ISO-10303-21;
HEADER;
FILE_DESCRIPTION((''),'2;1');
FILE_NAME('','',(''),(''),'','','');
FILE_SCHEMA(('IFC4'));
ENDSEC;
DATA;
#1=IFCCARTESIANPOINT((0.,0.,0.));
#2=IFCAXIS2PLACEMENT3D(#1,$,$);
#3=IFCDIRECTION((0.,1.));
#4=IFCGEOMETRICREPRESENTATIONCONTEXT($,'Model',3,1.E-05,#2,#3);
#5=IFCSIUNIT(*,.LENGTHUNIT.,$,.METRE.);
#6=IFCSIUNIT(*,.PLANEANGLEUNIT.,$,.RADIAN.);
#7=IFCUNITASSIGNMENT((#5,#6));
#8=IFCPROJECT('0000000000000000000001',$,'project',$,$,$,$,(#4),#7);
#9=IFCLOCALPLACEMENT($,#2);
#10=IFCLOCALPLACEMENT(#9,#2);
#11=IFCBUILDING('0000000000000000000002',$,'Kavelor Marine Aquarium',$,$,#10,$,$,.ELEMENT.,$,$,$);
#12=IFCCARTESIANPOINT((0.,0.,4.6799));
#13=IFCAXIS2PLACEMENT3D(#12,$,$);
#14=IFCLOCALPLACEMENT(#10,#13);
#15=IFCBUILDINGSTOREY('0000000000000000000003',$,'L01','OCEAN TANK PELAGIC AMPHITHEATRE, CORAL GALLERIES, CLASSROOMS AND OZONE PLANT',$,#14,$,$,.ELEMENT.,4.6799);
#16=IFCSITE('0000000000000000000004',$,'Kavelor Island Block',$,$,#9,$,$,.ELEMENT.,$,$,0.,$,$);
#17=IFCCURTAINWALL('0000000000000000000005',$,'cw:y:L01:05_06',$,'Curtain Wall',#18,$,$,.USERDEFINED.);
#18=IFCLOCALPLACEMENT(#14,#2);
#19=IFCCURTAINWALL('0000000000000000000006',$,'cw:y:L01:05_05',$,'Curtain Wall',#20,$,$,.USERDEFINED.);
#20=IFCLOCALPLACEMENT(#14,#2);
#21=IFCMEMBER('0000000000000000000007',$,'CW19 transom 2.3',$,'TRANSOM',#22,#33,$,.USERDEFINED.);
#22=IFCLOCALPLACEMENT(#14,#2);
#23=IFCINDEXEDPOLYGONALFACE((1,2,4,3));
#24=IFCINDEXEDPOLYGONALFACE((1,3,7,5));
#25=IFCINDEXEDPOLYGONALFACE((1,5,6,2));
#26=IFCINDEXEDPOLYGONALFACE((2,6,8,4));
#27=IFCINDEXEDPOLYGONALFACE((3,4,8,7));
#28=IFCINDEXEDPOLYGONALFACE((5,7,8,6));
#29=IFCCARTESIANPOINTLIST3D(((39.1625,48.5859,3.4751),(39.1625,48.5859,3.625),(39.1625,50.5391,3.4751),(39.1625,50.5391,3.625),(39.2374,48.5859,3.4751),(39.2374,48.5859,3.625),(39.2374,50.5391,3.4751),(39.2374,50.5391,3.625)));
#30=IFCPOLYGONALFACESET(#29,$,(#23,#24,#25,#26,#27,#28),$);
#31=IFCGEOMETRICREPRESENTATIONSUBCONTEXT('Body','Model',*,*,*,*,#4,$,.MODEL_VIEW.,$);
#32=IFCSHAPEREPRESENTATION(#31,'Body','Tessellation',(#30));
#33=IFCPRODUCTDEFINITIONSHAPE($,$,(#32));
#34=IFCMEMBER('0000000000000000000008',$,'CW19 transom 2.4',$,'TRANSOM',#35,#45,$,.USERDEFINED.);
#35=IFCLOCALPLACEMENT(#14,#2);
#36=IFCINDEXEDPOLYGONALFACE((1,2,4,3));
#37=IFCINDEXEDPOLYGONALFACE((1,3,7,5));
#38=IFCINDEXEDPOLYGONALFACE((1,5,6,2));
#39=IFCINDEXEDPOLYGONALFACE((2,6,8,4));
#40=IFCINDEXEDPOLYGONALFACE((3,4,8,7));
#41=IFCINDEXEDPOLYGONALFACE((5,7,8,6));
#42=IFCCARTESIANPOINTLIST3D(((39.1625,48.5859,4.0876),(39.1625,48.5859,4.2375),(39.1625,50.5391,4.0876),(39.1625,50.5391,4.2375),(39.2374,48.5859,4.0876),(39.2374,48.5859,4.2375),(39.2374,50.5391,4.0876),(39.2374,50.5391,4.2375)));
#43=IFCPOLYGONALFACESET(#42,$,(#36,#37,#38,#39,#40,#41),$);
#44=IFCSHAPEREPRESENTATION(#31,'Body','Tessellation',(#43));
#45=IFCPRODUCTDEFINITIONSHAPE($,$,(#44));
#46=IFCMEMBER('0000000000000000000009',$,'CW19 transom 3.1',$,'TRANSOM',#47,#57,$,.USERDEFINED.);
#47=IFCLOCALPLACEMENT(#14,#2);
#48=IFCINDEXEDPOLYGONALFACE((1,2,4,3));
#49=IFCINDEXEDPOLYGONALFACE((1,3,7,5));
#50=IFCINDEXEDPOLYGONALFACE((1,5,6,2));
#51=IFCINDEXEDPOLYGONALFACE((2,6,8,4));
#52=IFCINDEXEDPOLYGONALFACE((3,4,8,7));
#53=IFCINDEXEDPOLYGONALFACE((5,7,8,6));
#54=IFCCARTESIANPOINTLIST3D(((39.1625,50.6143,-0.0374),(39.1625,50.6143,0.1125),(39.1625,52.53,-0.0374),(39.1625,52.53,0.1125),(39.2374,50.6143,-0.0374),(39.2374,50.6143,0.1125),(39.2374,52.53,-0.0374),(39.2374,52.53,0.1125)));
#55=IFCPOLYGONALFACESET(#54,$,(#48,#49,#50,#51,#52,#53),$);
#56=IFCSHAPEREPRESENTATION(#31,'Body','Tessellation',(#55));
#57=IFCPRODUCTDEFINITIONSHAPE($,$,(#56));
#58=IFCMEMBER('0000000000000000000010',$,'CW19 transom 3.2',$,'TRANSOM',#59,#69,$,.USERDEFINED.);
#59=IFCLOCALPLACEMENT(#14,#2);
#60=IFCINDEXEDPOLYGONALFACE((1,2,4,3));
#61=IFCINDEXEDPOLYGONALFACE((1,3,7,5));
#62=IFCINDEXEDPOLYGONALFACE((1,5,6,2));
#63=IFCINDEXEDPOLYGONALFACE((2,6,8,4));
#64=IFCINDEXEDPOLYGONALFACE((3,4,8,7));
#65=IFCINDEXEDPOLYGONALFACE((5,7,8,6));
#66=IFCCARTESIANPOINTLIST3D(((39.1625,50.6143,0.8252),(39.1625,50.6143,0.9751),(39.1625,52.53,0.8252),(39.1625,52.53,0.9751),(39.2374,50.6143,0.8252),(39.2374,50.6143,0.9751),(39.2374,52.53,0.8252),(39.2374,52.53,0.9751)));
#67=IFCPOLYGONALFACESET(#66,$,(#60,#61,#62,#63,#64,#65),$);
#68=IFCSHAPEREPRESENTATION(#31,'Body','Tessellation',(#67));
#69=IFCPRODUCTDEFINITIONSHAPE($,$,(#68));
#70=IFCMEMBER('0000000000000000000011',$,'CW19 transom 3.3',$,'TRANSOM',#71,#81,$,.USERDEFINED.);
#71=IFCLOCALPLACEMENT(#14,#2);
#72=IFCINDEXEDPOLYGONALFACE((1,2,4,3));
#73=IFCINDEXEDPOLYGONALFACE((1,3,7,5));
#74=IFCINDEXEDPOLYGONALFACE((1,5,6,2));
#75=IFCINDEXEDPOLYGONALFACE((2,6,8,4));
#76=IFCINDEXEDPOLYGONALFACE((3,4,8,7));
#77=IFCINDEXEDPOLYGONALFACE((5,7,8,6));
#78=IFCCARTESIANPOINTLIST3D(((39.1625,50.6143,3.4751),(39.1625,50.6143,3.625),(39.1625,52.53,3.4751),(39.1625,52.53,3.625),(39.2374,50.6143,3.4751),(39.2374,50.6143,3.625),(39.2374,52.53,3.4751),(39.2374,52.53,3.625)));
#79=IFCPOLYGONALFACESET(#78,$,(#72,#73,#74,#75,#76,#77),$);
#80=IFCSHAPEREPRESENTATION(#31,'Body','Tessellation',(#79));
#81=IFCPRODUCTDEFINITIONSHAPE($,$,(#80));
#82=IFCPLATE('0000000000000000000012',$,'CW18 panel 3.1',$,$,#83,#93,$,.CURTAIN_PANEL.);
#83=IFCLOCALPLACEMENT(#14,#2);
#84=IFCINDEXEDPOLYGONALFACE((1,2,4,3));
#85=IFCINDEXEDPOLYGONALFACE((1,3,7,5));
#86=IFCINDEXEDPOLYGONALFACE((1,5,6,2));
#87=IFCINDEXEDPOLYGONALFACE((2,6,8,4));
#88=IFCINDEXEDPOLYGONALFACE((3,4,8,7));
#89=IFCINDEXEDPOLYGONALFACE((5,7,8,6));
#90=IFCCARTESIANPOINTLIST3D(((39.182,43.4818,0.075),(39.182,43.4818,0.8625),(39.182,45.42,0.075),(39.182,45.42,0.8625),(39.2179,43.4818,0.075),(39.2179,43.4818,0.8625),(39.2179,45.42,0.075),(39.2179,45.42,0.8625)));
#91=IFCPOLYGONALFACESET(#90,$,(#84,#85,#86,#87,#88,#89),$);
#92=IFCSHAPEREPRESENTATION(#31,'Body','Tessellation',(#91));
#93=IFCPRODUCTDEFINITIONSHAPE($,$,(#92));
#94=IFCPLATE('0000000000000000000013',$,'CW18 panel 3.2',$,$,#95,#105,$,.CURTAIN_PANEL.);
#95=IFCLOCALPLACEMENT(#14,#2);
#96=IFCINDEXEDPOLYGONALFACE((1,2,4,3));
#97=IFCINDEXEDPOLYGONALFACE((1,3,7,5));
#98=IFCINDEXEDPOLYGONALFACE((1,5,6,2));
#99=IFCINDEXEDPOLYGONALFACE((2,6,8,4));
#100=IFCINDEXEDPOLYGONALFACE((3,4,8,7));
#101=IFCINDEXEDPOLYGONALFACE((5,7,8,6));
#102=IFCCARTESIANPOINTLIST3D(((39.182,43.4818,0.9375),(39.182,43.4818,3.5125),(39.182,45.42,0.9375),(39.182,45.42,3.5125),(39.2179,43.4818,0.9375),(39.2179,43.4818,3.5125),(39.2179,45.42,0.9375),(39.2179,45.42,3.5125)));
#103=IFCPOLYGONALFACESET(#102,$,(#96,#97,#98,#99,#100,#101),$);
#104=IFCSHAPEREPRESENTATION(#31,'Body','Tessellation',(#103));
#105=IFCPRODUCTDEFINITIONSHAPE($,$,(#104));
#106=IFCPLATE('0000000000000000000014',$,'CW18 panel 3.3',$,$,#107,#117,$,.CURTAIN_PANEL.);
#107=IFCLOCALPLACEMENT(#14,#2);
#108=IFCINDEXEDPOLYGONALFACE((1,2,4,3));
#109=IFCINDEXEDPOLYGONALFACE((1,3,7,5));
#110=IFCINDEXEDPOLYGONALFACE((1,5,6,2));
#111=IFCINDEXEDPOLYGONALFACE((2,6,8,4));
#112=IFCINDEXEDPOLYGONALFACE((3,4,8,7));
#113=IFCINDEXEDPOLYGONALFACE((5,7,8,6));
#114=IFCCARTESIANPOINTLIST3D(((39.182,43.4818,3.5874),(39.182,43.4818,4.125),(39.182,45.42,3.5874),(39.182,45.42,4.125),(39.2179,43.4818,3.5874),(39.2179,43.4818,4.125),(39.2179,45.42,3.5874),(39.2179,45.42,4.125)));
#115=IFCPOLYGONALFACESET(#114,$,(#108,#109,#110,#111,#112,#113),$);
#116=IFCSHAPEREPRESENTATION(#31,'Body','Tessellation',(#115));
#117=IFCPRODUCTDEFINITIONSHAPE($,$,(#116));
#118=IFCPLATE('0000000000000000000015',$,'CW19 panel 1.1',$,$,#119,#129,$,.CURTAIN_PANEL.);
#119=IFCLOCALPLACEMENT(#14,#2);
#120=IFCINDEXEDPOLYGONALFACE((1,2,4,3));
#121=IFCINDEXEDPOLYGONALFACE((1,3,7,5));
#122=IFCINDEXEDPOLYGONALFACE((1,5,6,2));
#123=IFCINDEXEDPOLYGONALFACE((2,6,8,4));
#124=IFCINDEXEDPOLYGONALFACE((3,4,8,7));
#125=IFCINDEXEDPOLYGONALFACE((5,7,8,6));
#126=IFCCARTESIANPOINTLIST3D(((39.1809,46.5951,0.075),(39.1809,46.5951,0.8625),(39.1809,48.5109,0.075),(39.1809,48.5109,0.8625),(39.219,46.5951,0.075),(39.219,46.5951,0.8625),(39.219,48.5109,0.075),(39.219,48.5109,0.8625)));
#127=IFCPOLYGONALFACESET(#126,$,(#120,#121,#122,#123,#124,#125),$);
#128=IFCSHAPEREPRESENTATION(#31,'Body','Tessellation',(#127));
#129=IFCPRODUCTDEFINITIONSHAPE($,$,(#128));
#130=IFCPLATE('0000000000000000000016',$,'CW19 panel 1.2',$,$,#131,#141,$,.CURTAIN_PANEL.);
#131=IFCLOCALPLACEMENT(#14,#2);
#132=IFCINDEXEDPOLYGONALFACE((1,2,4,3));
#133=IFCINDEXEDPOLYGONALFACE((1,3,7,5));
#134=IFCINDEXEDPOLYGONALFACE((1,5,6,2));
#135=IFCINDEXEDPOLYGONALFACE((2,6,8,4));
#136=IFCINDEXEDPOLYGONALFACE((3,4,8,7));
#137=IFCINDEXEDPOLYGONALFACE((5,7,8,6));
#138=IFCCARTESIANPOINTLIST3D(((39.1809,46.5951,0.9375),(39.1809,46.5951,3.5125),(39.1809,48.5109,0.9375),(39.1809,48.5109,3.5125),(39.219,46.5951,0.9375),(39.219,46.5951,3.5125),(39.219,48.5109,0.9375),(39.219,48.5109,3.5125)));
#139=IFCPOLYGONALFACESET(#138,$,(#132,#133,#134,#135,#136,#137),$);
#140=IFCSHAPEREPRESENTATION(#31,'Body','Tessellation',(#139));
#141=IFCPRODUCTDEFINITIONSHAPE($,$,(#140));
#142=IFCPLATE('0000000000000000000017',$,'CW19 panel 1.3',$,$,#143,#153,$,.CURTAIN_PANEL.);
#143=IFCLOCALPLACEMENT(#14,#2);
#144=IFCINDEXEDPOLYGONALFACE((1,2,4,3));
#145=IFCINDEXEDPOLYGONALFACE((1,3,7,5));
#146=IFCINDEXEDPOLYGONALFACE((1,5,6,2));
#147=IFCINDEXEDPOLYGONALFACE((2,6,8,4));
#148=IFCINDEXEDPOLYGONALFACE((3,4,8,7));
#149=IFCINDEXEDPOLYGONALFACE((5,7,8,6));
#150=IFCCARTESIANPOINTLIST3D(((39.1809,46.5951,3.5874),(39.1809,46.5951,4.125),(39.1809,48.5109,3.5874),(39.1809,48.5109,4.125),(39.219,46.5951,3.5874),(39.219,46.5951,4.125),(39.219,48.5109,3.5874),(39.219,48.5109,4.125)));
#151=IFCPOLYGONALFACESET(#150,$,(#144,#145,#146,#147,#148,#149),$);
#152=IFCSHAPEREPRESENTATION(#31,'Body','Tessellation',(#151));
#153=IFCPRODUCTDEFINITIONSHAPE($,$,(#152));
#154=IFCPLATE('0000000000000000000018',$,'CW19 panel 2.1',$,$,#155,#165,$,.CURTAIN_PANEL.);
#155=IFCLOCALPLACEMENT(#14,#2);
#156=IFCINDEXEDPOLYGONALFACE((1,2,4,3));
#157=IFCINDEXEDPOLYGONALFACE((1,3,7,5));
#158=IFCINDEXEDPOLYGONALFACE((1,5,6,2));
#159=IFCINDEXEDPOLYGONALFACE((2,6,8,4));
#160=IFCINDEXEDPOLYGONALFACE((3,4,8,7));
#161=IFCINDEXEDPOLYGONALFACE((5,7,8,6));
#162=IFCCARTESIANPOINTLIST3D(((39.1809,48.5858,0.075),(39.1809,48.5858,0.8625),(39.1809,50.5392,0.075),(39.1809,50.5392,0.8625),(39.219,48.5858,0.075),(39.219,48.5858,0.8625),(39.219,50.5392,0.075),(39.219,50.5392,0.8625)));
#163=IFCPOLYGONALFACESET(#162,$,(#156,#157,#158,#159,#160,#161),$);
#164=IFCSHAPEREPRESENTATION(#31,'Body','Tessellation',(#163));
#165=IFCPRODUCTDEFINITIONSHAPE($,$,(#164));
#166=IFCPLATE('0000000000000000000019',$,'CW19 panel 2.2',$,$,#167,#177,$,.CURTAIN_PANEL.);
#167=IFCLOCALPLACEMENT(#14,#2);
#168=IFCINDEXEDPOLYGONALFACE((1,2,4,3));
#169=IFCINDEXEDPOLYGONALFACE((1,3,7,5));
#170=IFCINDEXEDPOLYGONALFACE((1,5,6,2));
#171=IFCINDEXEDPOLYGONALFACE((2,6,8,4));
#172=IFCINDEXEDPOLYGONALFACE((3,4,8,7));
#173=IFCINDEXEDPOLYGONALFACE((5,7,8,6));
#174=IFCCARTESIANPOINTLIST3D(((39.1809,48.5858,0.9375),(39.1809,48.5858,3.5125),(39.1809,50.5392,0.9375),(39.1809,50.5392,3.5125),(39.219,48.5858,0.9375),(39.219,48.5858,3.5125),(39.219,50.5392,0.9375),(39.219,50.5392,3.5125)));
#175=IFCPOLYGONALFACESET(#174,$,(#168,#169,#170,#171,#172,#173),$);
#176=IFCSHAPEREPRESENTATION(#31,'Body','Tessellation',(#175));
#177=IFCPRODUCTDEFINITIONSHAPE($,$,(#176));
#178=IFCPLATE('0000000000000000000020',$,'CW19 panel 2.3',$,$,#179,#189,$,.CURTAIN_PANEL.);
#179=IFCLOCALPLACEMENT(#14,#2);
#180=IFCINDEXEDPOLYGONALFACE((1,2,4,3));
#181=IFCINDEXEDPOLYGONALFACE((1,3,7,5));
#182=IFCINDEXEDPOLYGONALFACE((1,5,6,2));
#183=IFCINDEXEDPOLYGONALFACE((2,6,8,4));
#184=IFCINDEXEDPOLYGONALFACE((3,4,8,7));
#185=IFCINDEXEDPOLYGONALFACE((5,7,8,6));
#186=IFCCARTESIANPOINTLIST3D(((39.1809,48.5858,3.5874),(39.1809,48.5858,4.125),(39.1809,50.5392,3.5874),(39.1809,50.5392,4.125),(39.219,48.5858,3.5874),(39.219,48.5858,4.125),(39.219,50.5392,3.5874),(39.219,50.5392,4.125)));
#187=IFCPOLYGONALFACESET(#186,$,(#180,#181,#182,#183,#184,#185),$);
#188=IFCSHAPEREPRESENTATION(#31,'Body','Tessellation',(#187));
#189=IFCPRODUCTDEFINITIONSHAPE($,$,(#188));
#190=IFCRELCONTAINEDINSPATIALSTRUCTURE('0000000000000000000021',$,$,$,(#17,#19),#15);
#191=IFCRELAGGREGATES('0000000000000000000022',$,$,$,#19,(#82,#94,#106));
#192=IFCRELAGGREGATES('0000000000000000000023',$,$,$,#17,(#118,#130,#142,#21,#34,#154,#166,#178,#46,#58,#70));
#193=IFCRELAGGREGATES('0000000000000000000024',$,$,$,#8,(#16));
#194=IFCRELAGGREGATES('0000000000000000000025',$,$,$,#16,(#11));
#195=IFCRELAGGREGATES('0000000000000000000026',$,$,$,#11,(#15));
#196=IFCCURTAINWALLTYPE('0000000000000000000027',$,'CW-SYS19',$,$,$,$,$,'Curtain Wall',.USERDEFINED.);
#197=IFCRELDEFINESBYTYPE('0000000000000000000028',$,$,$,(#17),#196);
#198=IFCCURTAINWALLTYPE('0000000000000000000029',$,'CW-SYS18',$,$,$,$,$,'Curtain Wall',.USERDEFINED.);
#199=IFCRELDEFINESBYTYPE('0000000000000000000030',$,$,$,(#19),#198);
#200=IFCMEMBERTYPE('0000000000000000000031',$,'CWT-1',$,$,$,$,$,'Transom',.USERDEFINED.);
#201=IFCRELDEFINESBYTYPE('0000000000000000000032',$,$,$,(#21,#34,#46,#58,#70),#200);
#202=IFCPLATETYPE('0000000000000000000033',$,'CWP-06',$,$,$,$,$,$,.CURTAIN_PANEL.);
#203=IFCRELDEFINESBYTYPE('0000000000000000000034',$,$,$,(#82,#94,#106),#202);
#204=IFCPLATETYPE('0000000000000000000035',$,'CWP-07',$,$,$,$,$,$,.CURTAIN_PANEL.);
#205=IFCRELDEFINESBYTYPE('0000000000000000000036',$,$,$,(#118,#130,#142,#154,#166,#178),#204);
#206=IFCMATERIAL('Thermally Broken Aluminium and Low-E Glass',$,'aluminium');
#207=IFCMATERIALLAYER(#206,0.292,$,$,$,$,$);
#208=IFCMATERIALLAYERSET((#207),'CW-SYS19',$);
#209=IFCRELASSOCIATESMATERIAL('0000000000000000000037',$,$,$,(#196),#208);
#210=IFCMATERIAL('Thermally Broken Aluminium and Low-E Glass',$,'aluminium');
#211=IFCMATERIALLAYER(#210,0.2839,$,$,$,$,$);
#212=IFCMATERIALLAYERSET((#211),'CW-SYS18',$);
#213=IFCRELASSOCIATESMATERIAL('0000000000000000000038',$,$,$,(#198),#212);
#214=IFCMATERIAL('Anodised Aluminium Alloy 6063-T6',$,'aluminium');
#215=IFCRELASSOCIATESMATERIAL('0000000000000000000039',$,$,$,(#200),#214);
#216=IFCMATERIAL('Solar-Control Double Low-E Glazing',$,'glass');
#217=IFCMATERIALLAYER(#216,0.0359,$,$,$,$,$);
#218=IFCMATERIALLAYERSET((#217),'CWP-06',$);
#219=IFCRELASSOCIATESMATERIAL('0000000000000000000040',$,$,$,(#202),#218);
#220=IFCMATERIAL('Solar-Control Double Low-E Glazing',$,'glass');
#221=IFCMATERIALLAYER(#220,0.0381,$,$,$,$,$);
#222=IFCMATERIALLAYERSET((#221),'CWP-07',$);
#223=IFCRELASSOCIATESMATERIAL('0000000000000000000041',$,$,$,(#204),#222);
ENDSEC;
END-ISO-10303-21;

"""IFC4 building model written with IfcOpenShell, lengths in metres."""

from ifc_helpers import new_model, si_unit, direction, frame, origin, origin_2d, place, context, subcontext, project, spatial, rectangle, extrude, material, layer, layer_set, material_profile, profile_set, type_object, element, aggregate, save


model = new_model("IFC4")

# Units and contexts
model_context = context("Model", 3, precision=1e-05, world=origin(), true_north=direction((0.0, 1.0)))
body_context = subcontext(model_context, "Body", "Model", "MODEL_VIEW")
ifc_project = project(units=[si_unit("LENGTHUNIT", "METRE"), si_unit("PLANEANGLEUNIT", "RADIAN")], contexts=[model_context])

# Site, building, storey
site_placement = place(None, origin())
site = spatial("IfcSite", under=ifc_project, at=site_placement, Name="Kavelor Island Block", CompositionType="ELEMENT", RefElevation=0.0)
building_placement = place(site_placement, origin())
building = spatial("IfcBuilding", under=site, at=building_placement, Name="Kavelor Marine Aquarium", CompositionType="ELEMENT")
storey_placement = place(building_placement, frame((0.0, 0.0, 4.6799)))
storey = spatial("IfcBuildingStorey", under=building, at=storey_placement, Name="L01", Description="OCEAN TANK PELAGIC AMPHITHEATRE, CORAL GALLERIES, CLASSROOMS AND OZONE PLANT", CompositionType="ELEMENT", Elevation=4.6799)

# Curtain walls
ifc_material_1 = material(Name="Thermally Broken Aluminium and Low-E Glass", Category="aluminium")
ifc_layer_1 = layer(ifc_material_1, 0.292)
ifc_layer_set_1 = layer_set([ifc_layer_1], Name="CW-SYS19")
curtain_wall_type_1 = type_object("IfcCurtainWallType", Name="CW-SYS19", ElementType="Curtain Wall", PredefinedType="USERDEFINED", material=ifc_layer_set_1)
curtain_wall_1_placement = place(storey_placement, origin())
curtain_wall_1 = element("IfcCurtainWall", 1, at=curtain_wall_1_placement, inside=storey, type_object=curtain_wall_type_1, Name="cw:y:L01:05_06", ObjectType="Curtain Wall", PredefinedType="USERDEFINED")
ifc_material_2 = material(Name="Thermally Broken Aluminium and Low-E Glass", Category="aluminium")
ifc_layer_2 = layer(ifc_material_2, 0.2839)
ifc_layer_set_2 = layer_set([ifc_layer_2], Name="CW-SYS18")
curtain_wall_type_2 = type_object("IfcCurtainWallType", Name="CW-SYS18", ElementType="Curtain Wall", PredefinedType="USERDEFINED", material=ifc_layer_set_2)
curtain_wall_2_placement = place(storey_placement, origin())
curtain_wall_2 = element("IfcCurtainWall", 2, at=curtain_wall_2_placement, inside=storey, type_object=curtain_wall_type_2, Name="cw:y:L01:05_05", ObjectType="Curtain Wall", PredefinedType="USERDEFINED")
ifc_material_3 = material(Name="Anodised Aluminium Alloy 6063-T6", Category="aluminium")
ifc_material_profile_1 = material_profile(ifc_material_3, rectangle(XDim=0.075, YDim=0.1499, at=origin_2d()), Name="CW-TRN 75x150")
ifc_profile_set_1 = profile_set([ifc_material_profile_1], Name="Anodised Aluminium Alloy 6063-T6")
member_type_1 = type_object("IfcMemberType", Name="CWT-1", ElementType="Transom", PredefinedType="USERDEFINED", material=ifc_profile_set_1)

# Members
member_1_placement = place(storey_placement, frame((39.2, 48.5859, 3.55), z_axis=(0.0, 1.0, 0.0), x_axis=(-1.0, 0.0, 0.0)))
member_1 = element("IfcMember", 3, at=member_1_placement, type_object=member_type_1, Name="CW19 transom 2.3", ObjectType="TRANSOM", PredefinedType="USERDEFINED", context=body_context, shape_type="SweptSolid", body=[
    extrude(rectangle(XDim=0.075, YDim=0.1499, at=origin_2d()), origin(), (0.0, 0.0, 1.0), 1.9531),
])
member_2_placement = place(storey_placement, frame((39.2, 48.5859, 4.1626), z_axis=(0.0, 1.0, 0.0), x_axis=(-1.0, 0.0, 0.0)))
member_2 = element("IfcMember", 4, at=member_2_placement, type_object=member_type_1, Name="CW19 transom 2.4", ObjectType="TRANSOM", PredefinedType="USERDEFINED", context=body_context, shape_type="SweptSolid", body=[
    extrude(rectangle(XDim=0.075, YDim=0.1499, at=origin_2d()), origin(), (0.0, 0.0, 1.0), 1.9531),
])
member_3_placement = place(storey_placement, frame((39.2, 50.6143, 0.0376), z_axis=(0.0, 1.0, 0.0), x_axis=(-1.0, 0.0, 0.0)))
member_3 = element("IfcMember", 5, at=member_3_placement, type_object=member_type_1, Name="CW19 transom 3.1", ObjectType="TRANSOM", PredefinedType="USERDEFINED", context=body_context, shape_type="SweptSolid", body=[
    extrude(rectangle(XDim=0.075, YDim=0.1499, at=origin_2d()), origin(), (0.0, 0.0, 1.0), 1.9158),
])
member_4_placement = place(storey_placement, frame((39.2, 50.6143, 0.9001), z_axis=(0.0, 1.0, 0.0), x_axis=(-1.0, 0.0, 0.0)))
member_4 = element("IfcMember", 6, at=member_4_placement, type_object=member_type_1, Name="CW19 transom 3.2", ObjectType="TRANSOM", PredefinedType="USERDEFINED", context=body_context, shape_type="SweptSolid", body=[
    extrude(rectangle(XDim=0.075, YDim=0.1499, at=origin_2d()), origin(), (0.0, 0.0, 1.0), 1.9158),
])
member_5_placement = place(storey_placement, frame((39.2, 50.6143, 3.55), z_axis=(0.0, 1.0, 0.0), x_axis=(-1.0, 0.0, 0.0)))
member_5 = element("IfcMember", 7, at=member_5_placement, type_object=member_type_1, Name="CW19 transom 3.3", ObjectType="TRANSOM", PredefinedType="USERDEFINED", context=body_context, shape_type="SweptSolid", body=[
    extrude(rectangle(XDim=0.075, YDim=0.1499, at=origin_2d()), origin(), (0.0, 0.0, 1.0), 1.9158),
])

# Plates
ifc_material_4 = material(Name="Solar-Control Double Low-E Glazing", Category="glass")
ifc_layer_3 = layer(ifc_material_4, 0.0359)
ifc_layer_set_3 = layer_set([ifc_layer_3], Name="CWP-06")
plate_type_1 = type_object("IfcPlateType", Name="CWP-06", PredefinedType="CURTAIN_PANEL", material=ifc_layer_set_3)
plate_1_placement = place(storey_placement, frame((39.2, 44.4509, 0.075), z_axis=(0.0, 0.0, 1.0), x_axis=(0.0, 1.0, 0.0)))
plate_1 = element("IfcPlate", 8, at=plate_1_placement, type_object=plate_type_1, Name="CW18 panel 3.1", PredefinedType="CURTAIN_PANEL", context=body_context, shape_type="SweptSolid", body=[
    extrude(rectangle(XDim=1.9382, YDim=0.0359, at=origin_2d()), origin(), (0.0, 0.0, 1.0), 0.7876),
])
plate_2_placement = place(storey_placement, frame((39.2, 44.4509, 0.9375), z_axis=(0.0, 0.0, 1.0), x_axis=(0.0, 1.0, 0.0)))
plate_2 = element("IfcPlate", 9, at=plate_2_placement, type_object=plate_type_1, Name="CW18 panel 3.2", PredefinedType="CURTAIN_PANEL", context=body_context, shape_type="SweptSolid", body=[
    extrude(rectangle(XDim=1.9382, YDim=0.0359, at=origin_2d()), origin(), (0.0, 0.0, 1.0), 2.575),
])
plate_3_placement = place(storey_placement, frame((39.2, 44.4509, 3.5874), z_axis=(0.0, 0.0, 1.0), x_axis=(0.0, 1.0, 0.0)))
plate_3 = element("IfcPlate", 10, at=plate_3_placement, type_object=plate_type_1, Name="CW18 panel 3.3", PredefinedType="CURTAIN_PANEL", context=body_context, shape_type="SweptSolid", body=[
    extrude(rectangle(XDim=1.9382, YDim=0.0359, at=origin_2d()), origin(), (0.0, 0.0, 1.0), 0.5376),
])
aggregate(curtain_wall_2, [plate_1, plate_2, plate_3])
ifc_material_5 = material(Name="Solar-Control Double Low-E Glazing", Category="glass")
ifc_layer_4 = layer(ifc_material_5, 0.0381)
ifc_layer_set_4 = layer_set([ifc_layer_4], Name="CWP-07")
plate_type_2 = type_object("IfcPlateType", Name="CWP-07", PredefinedType="CURTAIN_PANEL", material=ifc_layer_set_4)
plate_4_placement = place(storey_placement, frame((39.2, 47.553, 0.075), z_axis=(0.0, 0.0, 1.0), x_axis=(0.0, 1.0, 0.0)))
plate_4 = element("IfcPlate", 11, at=plate_4_placement, type_object=plate_type_2, Name="CW19 panel 1.1", PredefinedType="CURTAIN_PANEL", context=body_context, shape_type="SweptSolid", body=[
    extrude(rectangle(XDim=1.9158, YDim=0.0381, at=origin_2d()), origin(), (0.0, 0.0, 1.0), 0.7876),
])
plate_5_placement = place(storey_placement, frame((39.2, 47.553, 0.9375), z_axis=(0.0, 0.0, 1.0), x_axis=(0.0, 1.0, 0.0)))
plate_5 = element("IfcPlate", 12, at=plate_5_placement, type_object=plate_type_2, Name="CW19 panel 1.2", PredefinedType="CURTAIN_PANEL", context=body_context, shape_type="SweptSolid", body=[
    extrude(rectangle(XDim=1.9158, YDim=0.0381, at=origin_2d()), origin(), (0.0, 0.0, 1.0), 2.575),
])
plate_6_placement = place(storey_placement, frame((39.2, 47.553, 3.5874), z_axis=(0.0, 0.0, 1.0), x_axis=(0.0, 1.0, 0.0)))
plate_6 = element("IfcPlate", 13, at=plate_6_placement, type_object=plate_type_2, Name="CW19 panel 1.3", PredefinedType="CURTAIN_PANEL", context=body_context, shape_type="SweptSolid", body=[
    extrude(rectangle(XDim=1.9158, YDim=0.0381, at=origin_2d()), origin(), (0.0, 0.0, 1.0), 0.5376),
])
plate_7_placement = place(storey_placement, frame((39.2, 49.5625, 0.075), z_axis=(0.0, 0.0, 1.0), x_axis=(0.0, 1.0, 0.0)))
plate_7 = element("IfcPlate", 14, at=plate_7_placement, type_object=plate_type_2, Name="CW19 panel 2.1", PredefinedType="CURTAIN_PANEL", context=body_context, shape_type="SweptSolid", body=[
    extrude(rectangle(XDim=1.9534, YDim=0.0381, at=origin_2d()), origin(), (0.0, 0.0, 1.0), 0.7876),
])
plate_8_placement = place(storey_placement, frame((39.2, 49.5625, 0.9375), z_axis=(0.0, 0.0, 1.0), x_axis=(0.0, 1.0, 0.0)))
plate_8 = element("IfcPlate", 15, at=plate_8_placement, type_object=plate_type_2, Name="CW19 panel 2.2", PredefinedType="CURTAIN_PANEL", context=body_context, shape_type="SweptSolid", body=[
    extrude(rectangle(XDim=1.9534, YDim=0.0381, at=origin_2d()), origin(), (0.0, 0.0, 1.0), 2.575),
])
plate_9_placement = place(storey_placement, frame((39.2, 49.5625, 3.5874), z_axis=(0.0, 0.0, 1.0), x_axis=(0.0, 1.0, 0.0)))
plate_9 = element("IfcPlate", 16, at=plate_9_placement, type_object=plate_type_2, Name="CW19 panel 2.3", PredefinedType="CURTAIN_PANEL", context=body_context, shape_type="SweptSolid", body=[
    extrude(rectangle(XDim=1.9534, YDim=0.0381, at=origin_2d()), origin(), (0.0, 0.0, 1.0), 0.5376),
])
aggregate(curtain_wall_1, [plate_4, plate_5, plate_6, member_1, member_2, plate_7, plate_8, plate_9, member_3, member_4, member_5])

save(model, "model.ifc")
